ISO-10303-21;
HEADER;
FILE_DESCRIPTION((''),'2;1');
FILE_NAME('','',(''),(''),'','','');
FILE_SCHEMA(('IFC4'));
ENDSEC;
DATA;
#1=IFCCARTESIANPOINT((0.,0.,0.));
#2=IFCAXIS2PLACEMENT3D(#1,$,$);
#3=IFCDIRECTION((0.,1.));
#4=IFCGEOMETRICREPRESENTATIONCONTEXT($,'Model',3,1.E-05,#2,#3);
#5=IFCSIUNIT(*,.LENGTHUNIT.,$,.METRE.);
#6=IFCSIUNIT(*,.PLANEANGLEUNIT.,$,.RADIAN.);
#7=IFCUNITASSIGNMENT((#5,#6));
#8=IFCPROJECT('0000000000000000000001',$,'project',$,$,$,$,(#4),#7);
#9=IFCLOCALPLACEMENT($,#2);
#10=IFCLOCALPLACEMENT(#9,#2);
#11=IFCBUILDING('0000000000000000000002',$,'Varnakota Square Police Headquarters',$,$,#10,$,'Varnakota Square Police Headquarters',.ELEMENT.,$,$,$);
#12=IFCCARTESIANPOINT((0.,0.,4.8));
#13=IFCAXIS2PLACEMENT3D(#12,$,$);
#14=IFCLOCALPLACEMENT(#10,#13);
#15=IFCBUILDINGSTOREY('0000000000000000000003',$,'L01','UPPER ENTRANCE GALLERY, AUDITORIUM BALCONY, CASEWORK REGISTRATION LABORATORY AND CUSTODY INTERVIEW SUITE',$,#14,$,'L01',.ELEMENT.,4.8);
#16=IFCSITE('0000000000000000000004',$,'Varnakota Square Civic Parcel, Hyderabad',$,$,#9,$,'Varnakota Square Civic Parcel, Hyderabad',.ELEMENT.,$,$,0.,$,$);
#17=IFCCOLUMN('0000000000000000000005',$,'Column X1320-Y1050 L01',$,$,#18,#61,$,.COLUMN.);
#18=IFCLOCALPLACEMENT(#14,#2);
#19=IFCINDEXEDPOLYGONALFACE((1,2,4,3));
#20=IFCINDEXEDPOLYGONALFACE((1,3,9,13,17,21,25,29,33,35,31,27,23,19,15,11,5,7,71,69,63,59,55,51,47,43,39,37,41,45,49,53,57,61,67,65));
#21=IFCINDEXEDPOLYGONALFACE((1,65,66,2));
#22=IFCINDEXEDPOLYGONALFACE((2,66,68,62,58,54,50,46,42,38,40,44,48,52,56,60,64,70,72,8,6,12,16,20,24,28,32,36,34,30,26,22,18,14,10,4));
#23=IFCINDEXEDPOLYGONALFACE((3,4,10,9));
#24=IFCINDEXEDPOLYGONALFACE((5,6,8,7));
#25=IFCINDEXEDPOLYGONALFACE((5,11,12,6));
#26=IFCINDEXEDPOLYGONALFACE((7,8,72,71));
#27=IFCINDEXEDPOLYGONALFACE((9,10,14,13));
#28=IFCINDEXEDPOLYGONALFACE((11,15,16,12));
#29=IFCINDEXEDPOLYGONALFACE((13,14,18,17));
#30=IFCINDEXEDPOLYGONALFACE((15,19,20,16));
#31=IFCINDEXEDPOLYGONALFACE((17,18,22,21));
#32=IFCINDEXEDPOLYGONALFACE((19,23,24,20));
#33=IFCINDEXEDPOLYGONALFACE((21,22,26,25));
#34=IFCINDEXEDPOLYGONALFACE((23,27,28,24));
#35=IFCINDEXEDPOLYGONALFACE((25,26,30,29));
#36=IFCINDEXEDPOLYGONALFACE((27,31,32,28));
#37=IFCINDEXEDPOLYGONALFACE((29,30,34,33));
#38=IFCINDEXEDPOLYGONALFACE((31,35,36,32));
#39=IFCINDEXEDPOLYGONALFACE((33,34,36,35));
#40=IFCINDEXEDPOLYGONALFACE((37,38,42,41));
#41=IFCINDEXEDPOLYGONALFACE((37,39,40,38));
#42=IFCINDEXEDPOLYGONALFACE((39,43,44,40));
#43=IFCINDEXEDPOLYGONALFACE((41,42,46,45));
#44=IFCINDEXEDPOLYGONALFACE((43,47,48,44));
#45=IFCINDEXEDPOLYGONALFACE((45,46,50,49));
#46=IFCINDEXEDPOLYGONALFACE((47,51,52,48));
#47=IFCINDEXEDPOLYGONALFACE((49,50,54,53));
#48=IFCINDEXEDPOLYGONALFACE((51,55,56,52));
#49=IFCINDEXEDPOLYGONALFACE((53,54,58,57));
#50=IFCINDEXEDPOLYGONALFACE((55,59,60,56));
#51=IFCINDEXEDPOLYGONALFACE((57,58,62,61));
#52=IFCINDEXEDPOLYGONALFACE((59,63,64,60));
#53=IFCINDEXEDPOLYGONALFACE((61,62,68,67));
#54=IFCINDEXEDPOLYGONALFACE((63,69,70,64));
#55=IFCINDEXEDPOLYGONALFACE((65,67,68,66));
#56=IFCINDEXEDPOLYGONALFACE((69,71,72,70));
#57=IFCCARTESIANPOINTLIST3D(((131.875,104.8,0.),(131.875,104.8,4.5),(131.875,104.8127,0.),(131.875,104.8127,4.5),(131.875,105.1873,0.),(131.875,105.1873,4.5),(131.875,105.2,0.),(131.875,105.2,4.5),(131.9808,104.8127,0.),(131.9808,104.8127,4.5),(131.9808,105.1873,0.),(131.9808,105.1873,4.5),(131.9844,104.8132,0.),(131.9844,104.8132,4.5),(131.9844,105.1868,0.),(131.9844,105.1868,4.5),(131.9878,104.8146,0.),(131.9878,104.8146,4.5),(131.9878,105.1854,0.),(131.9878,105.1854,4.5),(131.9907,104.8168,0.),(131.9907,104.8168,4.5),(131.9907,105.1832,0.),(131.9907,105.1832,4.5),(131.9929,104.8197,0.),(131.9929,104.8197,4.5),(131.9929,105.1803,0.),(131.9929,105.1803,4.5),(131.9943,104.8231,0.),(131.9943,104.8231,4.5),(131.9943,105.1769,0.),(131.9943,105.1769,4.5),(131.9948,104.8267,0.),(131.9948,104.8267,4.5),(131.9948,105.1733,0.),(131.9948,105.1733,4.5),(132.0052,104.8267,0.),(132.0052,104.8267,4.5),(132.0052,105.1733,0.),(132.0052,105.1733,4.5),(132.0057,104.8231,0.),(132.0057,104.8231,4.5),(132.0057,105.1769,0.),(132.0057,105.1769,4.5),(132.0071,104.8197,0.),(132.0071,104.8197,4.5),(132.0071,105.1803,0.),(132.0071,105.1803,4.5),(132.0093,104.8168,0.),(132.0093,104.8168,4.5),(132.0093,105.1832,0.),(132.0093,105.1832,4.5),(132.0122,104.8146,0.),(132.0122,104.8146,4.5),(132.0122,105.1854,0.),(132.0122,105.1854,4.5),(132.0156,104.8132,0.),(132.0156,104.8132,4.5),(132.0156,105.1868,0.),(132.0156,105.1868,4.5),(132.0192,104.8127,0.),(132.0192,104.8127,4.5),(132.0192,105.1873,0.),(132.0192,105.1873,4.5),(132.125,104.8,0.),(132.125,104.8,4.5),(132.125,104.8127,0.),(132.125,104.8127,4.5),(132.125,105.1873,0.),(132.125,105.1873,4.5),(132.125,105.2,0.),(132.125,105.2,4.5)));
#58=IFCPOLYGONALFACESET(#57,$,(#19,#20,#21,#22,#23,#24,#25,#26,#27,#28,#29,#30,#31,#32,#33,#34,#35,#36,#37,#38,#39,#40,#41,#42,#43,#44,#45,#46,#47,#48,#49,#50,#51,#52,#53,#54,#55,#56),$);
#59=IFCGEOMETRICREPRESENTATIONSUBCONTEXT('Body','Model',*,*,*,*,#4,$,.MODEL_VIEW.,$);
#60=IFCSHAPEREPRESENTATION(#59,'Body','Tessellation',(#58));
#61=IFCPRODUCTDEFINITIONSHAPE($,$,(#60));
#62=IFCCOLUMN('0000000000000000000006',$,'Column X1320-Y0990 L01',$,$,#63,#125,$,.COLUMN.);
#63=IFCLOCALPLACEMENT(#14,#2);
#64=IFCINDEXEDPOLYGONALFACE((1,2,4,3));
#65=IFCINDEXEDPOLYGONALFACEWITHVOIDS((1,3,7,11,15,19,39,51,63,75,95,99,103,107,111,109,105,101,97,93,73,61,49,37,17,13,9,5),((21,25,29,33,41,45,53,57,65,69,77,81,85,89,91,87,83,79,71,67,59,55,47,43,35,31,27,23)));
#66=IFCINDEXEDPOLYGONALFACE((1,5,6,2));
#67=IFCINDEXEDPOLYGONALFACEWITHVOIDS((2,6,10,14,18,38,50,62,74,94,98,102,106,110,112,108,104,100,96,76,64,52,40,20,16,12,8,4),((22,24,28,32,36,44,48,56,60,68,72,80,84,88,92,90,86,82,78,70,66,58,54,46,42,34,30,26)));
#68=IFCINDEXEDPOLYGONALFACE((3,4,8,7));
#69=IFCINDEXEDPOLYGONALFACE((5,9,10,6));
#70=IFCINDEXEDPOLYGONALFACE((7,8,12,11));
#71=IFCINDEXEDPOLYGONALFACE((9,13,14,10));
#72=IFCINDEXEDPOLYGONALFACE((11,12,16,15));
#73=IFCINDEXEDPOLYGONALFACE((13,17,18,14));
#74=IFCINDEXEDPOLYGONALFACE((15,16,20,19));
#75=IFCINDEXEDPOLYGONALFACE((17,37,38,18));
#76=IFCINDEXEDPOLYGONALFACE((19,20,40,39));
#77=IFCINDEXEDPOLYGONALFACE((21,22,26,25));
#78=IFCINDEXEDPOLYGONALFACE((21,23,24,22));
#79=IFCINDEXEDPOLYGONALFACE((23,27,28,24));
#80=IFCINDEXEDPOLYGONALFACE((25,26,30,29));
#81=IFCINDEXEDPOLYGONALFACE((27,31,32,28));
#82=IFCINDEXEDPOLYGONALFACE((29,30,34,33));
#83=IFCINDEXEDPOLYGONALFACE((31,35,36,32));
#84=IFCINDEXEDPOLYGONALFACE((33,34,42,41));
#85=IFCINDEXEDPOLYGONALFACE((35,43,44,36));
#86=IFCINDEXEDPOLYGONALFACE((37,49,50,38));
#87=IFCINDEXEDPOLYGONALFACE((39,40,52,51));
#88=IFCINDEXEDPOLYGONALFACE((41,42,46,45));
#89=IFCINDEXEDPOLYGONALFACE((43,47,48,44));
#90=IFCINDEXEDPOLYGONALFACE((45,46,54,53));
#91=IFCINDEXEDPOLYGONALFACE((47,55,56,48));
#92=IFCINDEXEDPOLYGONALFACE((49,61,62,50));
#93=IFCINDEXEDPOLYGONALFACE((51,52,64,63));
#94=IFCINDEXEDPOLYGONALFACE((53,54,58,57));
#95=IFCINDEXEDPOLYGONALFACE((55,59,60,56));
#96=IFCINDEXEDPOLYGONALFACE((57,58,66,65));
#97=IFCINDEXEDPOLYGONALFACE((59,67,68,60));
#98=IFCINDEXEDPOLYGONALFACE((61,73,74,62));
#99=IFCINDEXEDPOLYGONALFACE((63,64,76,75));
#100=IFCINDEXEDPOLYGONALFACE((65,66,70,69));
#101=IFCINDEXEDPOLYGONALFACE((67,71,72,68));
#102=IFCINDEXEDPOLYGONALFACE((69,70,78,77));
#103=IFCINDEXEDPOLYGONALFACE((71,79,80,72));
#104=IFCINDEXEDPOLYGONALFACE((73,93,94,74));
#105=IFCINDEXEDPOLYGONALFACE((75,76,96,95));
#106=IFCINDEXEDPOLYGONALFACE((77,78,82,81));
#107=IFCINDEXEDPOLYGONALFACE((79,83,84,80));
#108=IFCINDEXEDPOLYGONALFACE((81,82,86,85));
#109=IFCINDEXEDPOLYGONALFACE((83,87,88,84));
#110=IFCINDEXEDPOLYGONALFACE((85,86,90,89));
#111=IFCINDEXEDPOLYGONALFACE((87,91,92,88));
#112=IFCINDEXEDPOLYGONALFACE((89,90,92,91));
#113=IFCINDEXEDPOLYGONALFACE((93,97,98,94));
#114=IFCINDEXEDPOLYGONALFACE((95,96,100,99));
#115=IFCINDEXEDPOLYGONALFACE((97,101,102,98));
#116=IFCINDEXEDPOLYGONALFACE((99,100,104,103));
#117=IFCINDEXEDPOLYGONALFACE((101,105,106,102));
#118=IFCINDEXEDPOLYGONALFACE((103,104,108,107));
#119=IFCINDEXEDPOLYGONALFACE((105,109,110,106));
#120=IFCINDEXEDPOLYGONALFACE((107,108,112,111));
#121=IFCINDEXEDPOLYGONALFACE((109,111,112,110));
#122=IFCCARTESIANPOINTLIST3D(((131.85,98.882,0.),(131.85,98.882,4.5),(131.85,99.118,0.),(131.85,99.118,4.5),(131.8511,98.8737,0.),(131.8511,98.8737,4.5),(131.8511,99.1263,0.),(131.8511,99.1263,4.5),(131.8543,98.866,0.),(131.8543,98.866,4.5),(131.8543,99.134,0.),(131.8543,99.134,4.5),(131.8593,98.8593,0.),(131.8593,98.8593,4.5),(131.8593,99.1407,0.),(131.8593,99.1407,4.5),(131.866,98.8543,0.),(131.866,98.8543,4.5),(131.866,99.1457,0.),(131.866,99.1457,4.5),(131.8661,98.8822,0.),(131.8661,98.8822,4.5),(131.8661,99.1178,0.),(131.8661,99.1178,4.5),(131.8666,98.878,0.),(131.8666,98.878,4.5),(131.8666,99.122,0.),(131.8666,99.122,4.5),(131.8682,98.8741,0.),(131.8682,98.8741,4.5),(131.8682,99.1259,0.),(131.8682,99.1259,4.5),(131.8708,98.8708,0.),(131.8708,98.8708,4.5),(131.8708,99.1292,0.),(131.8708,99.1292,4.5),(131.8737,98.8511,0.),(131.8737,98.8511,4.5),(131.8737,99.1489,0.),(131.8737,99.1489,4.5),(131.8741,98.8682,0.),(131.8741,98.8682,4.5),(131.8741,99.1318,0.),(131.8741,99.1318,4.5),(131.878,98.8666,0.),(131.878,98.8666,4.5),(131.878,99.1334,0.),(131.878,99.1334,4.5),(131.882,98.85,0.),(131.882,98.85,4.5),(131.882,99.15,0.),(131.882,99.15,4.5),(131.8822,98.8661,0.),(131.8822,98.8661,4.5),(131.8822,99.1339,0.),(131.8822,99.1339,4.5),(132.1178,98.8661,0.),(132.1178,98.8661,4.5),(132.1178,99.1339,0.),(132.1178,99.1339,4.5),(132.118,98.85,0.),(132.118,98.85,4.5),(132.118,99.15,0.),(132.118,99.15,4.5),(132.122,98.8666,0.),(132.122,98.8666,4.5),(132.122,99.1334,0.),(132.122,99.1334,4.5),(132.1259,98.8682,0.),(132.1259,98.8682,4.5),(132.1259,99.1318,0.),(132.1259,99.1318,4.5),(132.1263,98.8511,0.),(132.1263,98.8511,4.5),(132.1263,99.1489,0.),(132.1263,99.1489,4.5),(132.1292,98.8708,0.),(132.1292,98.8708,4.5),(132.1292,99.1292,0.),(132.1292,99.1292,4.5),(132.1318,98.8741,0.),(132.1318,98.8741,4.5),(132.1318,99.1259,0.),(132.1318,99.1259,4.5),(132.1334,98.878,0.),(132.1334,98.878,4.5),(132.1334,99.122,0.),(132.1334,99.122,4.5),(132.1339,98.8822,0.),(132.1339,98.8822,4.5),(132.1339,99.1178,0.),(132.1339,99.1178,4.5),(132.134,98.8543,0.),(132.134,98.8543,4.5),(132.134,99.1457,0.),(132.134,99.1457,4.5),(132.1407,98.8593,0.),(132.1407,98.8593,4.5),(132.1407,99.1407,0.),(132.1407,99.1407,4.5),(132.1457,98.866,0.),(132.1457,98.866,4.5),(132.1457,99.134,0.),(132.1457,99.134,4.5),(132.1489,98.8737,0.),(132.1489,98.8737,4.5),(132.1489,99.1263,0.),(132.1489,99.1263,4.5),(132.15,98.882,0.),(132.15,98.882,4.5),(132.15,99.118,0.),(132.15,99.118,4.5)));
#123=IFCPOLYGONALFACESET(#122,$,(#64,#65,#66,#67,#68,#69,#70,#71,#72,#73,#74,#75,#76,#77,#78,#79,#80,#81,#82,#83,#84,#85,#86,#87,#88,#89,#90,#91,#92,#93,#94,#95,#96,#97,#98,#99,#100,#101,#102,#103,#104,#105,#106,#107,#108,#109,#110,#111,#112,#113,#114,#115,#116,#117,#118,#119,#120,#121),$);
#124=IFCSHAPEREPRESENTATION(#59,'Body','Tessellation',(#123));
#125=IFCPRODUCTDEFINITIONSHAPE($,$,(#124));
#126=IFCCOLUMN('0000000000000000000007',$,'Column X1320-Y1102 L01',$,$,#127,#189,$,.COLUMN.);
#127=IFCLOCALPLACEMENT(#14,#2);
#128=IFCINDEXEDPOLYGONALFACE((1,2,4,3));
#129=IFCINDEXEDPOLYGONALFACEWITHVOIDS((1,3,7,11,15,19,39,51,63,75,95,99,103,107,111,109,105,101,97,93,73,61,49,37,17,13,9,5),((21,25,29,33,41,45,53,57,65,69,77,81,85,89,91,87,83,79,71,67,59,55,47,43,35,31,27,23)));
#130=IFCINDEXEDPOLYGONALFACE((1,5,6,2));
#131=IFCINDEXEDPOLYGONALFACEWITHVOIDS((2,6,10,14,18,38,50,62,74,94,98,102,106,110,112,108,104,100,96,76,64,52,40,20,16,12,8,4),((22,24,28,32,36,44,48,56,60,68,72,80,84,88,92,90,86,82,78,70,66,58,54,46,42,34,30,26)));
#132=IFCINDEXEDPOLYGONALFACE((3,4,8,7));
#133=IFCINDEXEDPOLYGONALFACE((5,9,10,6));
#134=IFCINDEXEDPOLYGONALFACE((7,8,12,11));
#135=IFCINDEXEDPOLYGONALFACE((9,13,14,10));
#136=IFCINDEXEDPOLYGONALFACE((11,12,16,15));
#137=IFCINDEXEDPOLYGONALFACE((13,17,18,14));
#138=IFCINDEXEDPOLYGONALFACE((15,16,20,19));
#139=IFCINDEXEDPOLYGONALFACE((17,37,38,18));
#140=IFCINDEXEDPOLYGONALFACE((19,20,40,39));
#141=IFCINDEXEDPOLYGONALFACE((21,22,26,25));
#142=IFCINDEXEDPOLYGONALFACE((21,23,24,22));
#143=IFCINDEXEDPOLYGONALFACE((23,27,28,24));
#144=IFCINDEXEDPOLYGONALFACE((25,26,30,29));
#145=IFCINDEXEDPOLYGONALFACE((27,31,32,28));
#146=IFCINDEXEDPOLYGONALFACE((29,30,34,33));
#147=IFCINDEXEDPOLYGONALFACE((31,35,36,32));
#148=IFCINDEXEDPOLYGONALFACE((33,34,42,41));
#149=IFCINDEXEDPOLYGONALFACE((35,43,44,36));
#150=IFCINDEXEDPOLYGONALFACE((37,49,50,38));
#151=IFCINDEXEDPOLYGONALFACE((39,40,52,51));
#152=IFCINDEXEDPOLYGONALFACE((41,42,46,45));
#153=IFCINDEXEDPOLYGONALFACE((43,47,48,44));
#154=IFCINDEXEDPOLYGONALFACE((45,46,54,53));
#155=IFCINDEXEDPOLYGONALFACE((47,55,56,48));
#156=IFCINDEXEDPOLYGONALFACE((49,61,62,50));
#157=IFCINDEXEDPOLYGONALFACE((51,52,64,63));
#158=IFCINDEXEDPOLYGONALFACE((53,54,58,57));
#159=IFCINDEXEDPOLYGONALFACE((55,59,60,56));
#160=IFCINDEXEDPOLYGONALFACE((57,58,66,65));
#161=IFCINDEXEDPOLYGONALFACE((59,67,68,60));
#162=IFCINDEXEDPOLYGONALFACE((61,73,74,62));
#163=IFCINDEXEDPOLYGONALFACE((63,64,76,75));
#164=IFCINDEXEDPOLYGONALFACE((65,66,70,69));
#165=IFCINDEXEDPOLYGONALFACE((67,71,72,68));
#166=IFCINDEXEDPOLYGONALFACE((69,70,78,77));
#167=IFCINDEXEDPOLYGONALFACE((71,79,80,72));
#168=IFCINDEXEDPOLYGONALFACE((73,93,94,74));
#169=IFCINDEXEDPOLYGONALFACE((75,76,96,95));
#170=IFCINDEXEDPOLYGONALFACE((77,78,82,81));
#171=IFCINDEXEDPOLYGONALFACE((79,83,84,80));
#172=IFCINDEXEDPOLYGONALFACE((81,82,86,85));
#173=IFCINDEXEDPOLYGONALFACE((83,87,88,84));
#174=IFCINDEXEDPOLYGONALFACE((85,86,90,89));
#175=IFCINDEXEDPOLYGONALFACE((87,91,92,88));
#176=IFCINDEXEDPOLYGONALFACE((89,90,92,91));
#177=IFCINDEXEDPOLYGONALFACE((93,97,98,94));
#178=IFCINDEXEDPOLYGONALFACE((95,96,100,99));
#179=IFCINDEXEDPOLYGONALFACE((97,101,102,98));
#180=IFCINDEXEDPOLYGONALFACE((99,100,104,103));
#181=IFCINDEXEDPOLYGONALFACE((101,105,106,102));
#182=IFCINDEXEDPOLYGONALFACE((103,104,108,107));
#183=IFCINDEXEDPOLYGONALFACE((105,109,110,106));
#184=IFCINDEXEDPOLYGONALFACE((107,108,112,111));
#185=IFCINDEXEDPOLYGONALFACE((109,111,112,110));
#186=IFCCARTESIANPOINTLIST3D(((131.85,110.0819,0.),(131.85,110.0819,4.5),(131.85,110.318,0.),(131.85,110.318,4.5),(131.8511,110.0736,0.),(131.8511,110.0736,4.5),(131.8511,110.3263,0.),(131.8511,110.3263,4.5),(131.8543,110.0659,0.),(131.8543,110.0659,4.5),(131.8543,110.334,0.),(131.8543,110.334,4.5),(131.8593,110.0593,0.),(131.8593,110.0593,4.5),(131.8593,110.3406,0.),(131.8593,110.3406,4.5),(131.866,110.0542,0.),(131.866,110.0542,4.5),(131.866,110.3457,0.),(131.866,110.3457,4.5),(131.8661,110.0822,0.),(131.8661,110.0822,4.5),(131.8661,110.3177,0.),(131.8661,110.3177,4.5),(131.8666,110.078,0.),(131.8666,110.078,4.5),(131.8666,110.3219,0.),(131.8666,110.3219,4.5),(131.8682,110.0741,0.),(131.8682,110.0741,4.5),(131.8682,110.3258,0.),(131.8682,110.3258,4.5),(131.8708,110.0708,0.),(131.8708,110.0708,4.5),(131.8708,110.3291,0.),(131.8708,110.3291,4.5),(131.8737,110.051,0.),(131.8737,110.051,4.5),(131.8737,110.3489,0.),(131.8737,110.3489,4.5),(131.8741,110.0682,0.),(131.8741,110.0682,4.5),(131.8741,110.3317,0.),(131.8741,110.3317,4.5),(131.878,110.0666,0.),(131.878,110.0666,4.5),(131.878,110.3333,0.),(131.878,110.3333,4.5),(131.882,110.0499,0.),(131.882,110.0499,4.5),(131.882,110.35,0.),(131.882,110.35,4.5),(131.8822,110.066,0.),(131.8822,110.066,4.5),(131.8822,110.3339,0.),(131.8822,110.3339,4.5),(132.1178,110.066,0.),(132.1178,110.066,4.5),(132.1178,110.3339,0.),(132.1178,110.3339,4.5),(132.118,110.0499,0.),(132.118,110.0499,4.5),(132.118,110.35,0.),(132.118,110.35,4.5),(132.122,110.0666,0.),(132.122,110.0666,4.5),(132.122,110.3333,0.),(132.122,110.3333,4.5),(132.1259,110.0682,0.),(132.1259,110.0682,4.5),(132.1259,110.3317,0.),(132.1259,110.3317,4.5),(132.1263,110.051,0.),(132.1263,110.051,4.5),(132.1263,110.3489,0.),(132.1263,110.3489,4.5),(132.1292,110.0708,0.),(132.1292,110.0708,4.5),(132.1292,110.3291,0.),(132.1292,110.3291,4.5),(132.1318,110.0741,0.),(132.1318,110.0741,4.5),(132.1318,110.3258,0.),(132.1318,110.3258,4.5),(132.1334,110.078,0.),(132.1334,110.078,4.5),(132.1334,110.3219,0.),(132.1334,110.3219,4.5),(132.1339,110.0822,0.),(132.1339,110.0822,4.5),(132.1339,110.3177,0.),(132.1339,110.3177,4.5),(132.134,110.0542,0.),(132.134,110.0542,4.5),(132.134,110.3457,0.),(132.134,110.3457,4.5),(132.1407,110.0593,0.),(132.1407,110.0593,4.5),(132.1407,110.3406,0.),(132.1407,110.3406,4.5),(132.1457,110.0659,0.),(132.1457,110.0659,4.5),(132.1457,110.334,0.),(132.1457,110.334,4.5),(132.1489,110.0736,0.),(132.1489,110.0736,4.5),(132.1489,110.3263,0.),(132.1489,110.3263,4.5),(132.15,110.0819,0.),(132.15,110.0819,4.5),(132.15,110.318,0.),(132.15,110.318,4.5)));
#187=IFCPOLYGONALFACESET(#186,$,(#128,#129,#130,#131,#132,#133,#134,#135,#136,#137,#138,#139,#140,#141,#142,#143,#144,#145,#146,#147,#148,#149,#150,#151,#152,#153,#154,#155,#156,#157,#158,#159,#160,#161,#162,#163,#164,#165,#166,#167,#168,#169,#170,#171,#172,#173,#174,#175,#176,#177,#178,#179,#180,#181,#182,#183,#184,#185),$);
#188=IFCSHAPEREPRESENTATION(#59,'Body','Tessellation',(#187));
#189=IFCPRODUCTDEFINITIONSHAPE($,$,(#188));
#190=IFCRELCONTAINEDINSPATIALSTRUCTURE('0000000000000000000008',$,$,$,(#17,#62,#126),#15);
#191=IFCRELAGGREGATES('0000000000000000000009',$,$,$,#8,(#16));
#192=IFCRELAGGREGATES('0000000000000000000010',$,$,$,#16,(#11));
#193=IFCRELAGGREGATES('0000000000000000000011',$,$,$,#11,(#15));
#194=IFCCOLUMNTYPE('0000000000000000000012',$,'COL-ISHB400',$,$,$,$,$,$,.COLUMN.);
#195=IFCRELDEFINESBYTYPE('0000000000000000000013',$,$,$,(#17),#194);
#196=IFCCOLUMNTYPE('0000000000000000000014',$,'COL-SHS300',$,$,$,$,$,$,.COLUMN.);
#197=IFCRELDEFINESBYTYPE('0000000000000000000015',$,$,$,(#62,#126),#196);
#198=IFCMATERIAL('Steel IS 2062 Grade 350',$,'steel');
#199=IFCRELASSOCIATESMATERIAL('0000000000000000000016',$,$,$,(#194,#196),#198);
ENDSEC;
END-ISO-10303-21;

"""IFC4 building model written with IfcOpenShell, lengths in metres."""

from ifc_helpers import new_model, si_unit, direction, frame, origin, origin_2d, place, context, subcontext, project, spatial, hollow_rectangle, i_section, extrude, material, material_profile, profile_set, type_object, element, save


model = new_model("IFC4")

# Units and contexts
model_context = context("Model", 3, precision=1e-05, world=origin(), true_north=direction((0.0, 1.0)))
body_context = subcontext(model_context, "Body", "Model", "MODEL_VIEW")
ifc_project = project(units=[si_unit("LENGTHUNIT", "METRE"), si_unit("PLANEANGLEUNIT", "RADIAN")], contexts=[model_context])

# Site, building, storey
site_placement = place(None, origin())
site = spatial("IfcSite", under=ifc_project, at=site_placement, Name="Varnakota Square Civic Parcel, Hyderabad", LongName="Varnakota Square Civic Parcel, Hyderabad", CompositionType="ELEMENT", RefElevation=0.0)
building_placement = place(site_placement, origin())
building = spatial("IfcBuilding", under=site, at=building_placement, Name="Varnakota Square Police Headquarters", LongName="Varnakota Square Police Headquarters", CompositionType="ELEMENT")
storey_placement = place(building_placement, frame((0.0, 0.0, 4.8)))
storey = spatial("IfcBuildingStorey", under=building, at=storey_placement, Name="L01", Description="UPPER ENTRANCE GALLERY, AUDITORIUM BALCONY, CASEWORK REGISTRATION LABORATORY AND CUSTODY INTERVIEW SUITE", LongName="L01", CompositionType="ELEMENT", Elevation=4.8)

# Columns
ifc_material_1 = material(Name="Steel IS 2062 Grade 350", Category="steel")
ifc_material_profile_1 = material_profile(ifc_material_1, i_section(OverallWidth=0.25, OverallDepth=0.3999, WebThickness=0.0105, FlangeThickness=0.0127, FilletRadius=0.0139, at=origin_2d()), Name="ISHB 400")
ifc_profile_set_1 = profile_set([ifc_material_profile_1], Name="Steel IS 2062 Grade 350")
column_type_1 = type_object("IfcColumnType", Name="COL-ISHB400", PredefinedType="COLUMN", material=ifc_profile_set_1)
column_placement = place(storey_placement, frame((132.0, 105.0, 0.0), z_axis=(0.0, 0.0, 1.0), x_axis=(1.0, 0.0, 0.0)))
element("IfcColumn", 1, at=column_placement, inside=storey, type_object=column_type_1, Name="Column X1320-Y1050 L01", PredefinedType="COLUMN", context=body_context, shape_type="SweptSolid", body=[
    extrude(i_section(OverallWidth=0.25, OverallDepth=0.3999, WebThickness=0.0105, FlangeThickness=0.0127, FilletRadius=0.0139, at=origin_2d()), origin(), (0.0, 0.0, 1.0), 4.5),
])
ifc_material_profile_2 = material_profile(ifc_material_1, hollow_rectangle(XDim=0.3, YDim=0.3, WallThickness=0.0161, InnerFilletRadius=0.0161, OuterFilletRadius=0.032, at=origin_2d()), Name="SHS 300x300x16")
ifc_profile_set_2 = profile_set([ifc_material_profile_2], Name="Steel IS 2062 Grade 350")
column_type_2 = type_object("IfcColumnType", Name="COL-SHS300", PredefinedType="COLUMN", material=ifc_profile_set_2)
for number, where, z_axis, x_axis, name in (
    (2, (132.0, 99.0, 0.0), (0.0, 0.0, 1.0), (1.0, 0.0, 0.0), "Column X1320-Y0990 L01"),
    (3, (132.0, 110.2, 0.0), (0.0, 0.0, 1.0), (1.0, 0.0, 0.0), "Column X1320-Y1102 L01"),
):
    element("IfcColumn", number, at=place(storey_placement, frame(where, z_axis=z_axis, x_axis=x_axis)), inside=storey, type_object=column_type_2, Name=name, PredefinedType="COLUMN", context=body_context, shape_type="SweptSolid", body=[
        extrude(hollow_rectangle(XDim=0.3, YDim=0.3, WallThickness=0.0161, InnerFilletRadius=0.0161, OuterFilletRadius=0.032, at=origin_2d()), origin(), (0.0, 0.0, 1.0), 4.5),
    ])

save(model, "model.ifc")
